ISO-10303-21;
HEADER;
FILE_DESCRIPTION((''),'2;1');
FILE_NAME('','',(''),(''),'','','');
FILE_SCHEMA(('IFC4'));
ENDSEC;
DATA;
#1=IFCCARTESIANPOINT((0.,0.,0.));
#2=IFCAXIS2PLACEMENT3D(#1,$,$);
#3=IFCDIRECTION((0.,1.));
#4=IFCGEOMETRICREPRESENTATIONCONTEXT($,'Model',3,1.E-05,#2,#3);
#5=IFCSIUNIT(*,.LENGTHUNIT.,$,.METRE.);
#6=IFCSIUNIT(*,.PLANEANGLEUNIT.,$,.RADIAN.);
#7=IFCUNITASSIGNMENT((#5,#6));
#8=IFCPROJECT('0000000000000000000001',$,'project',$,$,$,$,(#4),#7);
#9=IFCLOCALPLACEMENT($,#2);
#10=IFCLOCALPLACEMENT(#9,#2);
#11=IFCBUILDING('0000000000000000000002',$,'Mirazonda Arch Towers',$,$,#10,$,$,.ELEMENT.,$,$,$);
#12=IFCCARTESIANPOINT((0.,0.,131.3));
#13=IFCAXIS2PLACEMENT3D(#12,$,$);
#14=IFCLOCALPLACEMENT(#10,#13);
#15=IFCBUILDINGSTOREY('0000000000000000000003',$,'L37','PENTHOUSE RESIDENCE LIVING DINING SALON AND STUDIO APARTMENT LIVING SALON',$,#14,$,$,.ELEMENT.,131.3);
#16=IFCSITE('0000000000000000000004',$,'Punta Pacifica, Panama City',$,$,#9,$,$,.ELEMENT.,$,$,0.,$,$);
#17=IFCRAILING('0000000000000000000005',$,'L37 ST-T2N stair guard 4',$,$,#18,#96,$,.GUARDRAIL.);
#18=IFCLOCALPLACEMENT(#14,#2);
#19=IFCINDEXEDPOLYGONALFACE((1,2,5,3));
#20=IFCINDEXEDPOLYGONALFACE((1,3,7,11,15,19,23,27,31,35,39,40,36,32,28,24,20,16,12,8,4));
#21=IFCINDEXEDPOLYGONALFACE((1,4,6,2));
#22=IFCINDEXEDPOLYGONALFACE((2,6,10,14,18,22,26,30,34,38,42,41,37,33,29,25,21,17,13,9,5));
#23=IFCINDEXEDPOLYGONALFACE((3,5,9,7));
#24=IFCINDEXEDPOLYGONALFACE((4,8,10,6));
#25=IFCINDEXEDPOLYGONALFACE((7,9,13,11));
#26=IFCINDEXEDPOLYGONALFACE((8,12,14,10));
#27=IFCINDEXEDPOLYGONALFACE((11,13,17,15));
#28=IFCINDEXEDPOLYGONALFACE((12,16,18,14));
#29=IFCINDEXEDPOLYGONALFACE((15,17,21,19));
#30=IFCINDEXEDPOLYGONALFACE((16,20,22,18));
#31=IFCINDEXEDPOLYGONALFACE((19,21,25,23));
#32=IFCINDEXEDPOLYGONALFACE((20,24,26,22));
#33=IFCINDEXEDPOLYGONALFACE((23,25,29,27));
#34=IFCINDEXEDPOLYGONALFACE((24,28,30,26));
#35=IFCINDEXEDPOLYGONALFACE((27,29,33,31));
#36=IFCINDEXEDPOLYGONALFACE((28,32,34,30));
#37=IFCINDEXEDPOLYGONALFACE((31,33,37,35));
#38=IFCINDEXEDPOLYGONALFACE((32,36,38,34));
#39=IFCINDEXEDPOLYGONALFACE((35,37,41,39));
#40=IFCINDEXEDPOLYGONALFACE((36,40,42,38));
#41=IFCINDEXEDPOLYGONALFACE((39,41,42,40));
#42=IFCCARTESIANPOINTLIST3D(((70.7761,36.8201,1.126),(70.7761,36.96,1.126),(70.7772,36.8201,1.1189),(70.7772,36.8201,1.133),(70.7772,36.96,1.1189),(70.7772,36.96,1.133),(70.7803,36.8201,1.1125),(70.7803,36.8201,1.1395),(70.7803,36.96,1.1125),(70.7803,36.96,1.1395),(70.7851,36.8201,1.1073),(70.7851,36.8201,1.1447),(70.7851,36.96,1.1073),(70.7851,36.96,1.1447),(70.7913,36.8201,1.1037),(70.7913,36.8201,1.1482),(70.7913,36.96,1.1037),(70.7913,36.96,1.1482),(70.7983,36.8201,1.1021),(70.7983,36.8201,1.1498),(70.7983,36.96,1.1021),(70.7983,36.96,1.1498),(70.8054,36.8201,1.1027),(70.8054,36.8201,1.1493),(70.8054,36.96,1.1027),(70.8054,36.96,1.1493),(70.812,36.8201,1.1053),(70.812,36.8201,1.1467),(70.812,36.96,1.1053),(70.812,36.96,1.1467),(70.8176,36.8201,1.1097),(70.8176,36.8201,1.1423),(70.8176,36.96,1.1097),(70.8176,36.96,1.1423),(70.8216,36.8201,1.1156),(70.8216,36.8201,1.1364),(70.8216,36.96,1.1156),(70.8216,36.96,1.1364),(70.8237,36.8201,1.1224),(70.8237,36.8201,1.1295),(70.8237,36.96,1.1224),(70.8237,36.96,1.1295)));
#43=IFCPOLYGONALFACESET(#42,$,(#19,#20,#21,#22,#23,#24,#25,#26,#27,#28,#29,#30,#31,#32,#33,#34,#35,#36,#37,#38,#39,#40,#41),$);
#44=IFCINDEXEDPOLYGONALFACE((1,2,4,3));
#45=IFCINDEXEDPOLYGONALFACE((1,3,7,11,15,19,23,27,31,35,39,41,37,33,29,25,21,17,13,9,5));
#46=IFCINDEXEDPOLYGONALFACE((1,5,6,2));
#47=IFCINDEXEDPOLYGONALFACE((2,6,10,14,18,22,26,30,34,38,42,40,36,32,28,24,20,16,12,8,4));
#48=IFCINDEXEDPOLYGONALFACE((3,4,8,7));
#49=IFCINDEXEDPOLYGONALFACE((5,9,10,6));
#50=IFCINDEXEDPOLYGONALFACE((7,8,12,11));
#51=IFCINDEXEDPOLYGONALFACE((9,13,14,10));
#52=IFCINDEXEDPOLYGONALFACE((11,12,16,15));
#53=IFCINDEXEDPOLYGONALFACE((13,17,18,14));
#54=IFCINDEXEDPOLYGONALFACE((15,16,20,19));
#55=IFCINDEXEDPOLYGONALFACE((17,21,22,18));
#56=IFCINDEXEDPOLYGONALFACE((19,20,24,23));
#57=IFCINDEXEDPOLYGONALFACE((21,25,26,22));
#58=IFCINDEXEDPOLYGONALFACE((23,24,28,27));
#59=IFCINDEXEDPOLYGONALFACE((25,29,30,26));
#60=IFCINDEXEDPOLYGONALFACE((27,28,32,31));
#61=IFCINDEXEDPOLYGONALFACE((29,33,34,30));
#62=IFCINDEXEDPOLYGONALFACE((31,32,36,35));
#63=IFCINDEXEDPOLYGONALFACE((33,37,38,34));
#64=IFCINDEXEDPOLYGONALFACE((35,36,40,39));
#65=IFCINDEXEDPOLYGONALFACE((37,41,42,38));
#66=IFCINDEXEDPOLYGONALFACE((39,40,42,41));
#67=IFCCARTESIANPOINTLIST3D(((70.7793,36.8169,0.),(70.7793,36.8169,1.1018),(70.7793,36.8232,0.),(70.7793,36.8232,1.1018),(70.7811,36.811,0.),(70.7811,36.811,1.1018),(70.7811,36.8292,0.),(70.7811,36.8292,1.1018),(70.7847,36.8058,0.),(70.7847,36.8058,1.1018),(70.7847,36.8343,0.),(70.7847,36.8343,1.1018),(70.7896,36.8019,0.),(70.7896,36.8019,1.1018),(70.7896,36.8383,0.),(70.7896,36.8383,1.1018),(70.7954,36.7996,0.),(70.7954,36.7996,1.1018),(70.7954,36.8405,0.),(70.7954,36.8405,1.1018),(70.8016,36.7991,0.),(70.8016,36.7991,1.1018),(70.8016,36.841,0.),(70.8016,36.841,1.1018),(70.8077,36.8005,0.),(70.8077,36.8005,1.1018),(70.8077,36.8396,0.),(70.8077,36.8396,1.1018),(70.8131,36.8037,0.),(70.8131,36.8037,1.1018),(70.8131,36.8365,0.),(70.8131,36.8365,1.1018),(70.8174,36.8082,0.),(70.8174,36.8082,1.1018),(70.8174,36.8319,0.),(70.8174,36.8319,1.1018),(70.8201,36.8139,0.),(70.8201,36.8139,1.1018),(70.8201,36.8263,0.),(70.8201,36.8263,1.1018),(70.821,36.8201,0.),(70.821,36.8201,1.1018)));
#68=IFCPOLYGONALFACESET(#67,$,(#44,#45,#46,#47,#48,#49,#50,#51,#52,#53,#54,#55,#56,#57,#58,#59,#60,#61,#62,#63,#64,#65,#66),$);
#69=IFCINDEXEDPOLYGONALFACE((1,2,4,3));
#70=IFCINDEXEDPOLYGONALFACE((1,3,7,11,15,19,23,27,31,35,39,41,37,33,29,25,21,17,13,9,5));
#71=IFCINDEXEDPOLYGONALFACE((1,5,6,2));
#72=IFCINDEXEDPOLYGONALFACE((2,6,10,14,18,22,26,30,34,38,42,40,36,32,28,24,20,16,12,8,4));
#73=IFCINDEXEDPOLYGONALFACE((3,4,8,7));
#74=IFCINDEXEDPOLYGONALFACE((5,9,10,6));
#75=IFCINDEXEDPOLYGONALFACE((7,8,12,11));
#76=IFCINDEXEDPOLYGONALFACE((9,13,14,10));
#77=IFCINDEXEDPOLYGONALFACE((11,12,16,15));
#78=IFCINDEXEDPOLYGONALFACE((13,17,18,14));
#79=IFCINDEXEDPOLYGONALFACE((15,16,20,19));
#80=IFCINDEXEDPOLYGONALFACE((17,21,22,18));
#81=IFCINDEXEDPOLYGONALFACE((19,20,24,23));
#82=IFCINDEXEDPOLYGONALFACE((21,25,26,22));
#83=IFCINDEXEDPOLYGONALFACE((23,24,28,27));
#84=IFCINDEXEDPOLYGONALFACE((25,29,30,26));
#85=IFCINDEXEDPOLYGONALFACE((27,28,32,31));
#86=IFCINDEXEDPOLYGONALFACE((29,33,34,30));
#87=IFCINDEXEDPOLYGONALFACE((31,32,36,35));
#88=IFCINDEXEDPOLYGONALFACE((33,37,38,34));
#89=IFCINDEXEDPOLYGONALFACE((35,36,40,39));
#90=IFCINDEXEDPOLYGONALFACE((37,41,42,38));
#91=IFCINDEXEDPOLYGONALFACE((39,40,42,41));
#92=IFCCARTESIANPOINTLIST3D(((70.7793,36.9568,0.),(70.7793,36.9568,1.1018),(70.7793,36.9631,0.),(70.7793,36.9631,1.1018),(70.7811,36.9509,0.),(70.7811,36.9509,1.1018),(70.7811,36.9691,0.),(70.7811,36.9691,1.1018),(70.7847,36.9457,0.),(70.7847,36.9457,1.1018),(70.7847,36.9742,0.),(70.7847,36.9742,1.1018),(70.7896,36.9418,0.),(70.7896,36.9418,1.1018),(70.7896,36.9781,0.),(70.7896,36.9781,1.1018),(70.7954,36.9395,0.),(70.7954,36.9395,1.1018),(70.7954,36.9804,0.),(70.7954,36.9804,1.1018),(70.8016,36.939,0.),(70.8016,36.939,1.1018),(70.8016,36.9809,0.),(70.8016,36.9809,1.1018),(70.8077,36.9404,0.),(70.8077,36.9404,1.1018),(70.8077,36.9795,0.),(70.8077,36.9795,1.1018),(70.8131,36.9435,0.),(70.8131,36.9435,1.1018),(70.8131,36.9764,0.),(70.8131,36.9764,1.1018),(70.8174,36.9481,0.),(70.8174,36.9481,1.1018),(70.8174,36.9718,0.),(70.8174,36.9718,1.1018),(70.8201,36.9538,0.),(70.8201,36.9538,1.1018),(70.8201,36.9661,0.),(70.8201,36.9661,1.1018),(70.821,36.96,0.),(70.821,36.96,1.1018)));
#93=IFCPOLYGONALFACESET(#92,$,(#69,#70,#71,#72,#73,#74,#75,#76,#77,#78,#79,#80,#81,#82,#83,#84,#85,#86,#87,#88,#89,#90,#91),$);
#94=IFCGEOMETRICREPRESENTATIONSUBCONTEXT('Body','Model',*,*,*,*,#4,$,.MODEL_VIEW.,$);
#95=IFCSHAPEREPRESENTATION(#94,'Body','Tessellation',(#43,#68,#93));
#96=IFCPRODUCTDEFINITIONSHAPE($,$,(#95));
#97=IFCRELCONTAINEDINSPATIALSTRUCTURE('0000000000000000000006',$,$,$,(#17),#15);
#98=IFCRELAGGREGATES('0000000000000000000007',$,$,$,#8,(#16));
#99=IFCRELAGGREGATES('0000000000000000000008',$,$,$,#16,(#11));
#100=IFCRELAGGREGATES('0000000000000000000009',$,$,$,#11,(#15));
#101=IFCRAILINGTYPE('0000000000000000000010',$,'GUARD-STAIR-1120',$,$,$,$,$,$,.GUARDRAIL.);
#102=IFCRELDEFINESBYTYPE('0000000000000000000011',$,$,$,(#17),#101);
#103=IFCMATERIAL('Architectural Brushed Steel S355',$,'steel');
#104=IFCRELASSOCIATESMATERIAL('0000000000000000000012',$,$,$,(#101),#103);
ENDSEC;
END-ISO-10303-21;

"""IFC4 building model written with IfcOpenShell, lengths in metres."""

from ifc_helpers import new_model, si_unit, direction, frame, origin, origin_2d, place, context, subcontext, project, spatial, circle, extrude, material, type_object, element, save


model = new_model("IFC4")

# Units and contexts
model_context = context("Model", 3, precision=1e-05, world=origin(), true_north=direction((0.0, 1.0)))
body_context = subcontext(model_context, "Body", "Model", "MODEL_VIEW")
ifc_project = project(units=[si_unit("LENGTHUNIT", "METRE"), si_unit("PLANEANGLEUNIT", "RADIAN")], contexts=[model_context])

# Site, building, storey
site_placement = place(None, origin())
site = spatial("IfcSite", under=ifc_project, at=site_placement, Name="Punta Pacifica, Panama City", CompositionType="ELEMENT", RefElevation=0.0)
building_placement = place(site_placement, origin())
building = spatial("IfcBuilding", under=site, at=building_placement, Name="Mirazonda Arch Towers", CompositionType="ELEMENT")
storey_placement = place(building_placement, frame((0.0, 0.0, 131.3)))
storey = spatial("IfcBuildingStorey", under=building, at=storey_placement, Name="L37", Description="PENTHOUSE RESIDENCE LIVING DINING SALON AND STUDIO APARTMENT LIVING SALON", CompositionType="ELEMENT", Elevation=131.3)

# Shared definitions
ifc_material_1 = material(Name="Architectural Brushed Steel S355", Category="steel")

# Railing
railing_type_1 = type_object("IfcRailingType", Name="GUARD-STAIR-1120", PredefinedType="GUARDRAIL", material=ifc_material_1)
railing_1_placement = place(storey_placement, frame((70.8, 36.8201, 0.0)))
element("IfcRailing", 1, at=railing_1_placement, inside=storey, type_object=railing_type_1, Name="L37 ST-T2N stair guard 4", PredefinedType="GUARDRAIL", context=body_context, shape_type="SweptSolid", body=[
    extrude(circle(Radius=0.0239, at=origin_2d()), frame((0.0, 0.0, 1.126), z_axis=(0.0, 1.0, 0.0), x_axis=(-1.0, 0.0, 0.0)), (0.0, 0.0, 1.0), 0.1399),
    extrude(circle(Radius=0.021, at=origin_2d()), origin(), (0.0, 0.0, 1.0), 1.1018),
    extrude(circle(Radius=0.021, at=origin_2d()), frame((0.0, 0.1399, 0.0)), (0.0, 0.0, 1.0), 1.1018),
])

save(model, "model.ifc")
